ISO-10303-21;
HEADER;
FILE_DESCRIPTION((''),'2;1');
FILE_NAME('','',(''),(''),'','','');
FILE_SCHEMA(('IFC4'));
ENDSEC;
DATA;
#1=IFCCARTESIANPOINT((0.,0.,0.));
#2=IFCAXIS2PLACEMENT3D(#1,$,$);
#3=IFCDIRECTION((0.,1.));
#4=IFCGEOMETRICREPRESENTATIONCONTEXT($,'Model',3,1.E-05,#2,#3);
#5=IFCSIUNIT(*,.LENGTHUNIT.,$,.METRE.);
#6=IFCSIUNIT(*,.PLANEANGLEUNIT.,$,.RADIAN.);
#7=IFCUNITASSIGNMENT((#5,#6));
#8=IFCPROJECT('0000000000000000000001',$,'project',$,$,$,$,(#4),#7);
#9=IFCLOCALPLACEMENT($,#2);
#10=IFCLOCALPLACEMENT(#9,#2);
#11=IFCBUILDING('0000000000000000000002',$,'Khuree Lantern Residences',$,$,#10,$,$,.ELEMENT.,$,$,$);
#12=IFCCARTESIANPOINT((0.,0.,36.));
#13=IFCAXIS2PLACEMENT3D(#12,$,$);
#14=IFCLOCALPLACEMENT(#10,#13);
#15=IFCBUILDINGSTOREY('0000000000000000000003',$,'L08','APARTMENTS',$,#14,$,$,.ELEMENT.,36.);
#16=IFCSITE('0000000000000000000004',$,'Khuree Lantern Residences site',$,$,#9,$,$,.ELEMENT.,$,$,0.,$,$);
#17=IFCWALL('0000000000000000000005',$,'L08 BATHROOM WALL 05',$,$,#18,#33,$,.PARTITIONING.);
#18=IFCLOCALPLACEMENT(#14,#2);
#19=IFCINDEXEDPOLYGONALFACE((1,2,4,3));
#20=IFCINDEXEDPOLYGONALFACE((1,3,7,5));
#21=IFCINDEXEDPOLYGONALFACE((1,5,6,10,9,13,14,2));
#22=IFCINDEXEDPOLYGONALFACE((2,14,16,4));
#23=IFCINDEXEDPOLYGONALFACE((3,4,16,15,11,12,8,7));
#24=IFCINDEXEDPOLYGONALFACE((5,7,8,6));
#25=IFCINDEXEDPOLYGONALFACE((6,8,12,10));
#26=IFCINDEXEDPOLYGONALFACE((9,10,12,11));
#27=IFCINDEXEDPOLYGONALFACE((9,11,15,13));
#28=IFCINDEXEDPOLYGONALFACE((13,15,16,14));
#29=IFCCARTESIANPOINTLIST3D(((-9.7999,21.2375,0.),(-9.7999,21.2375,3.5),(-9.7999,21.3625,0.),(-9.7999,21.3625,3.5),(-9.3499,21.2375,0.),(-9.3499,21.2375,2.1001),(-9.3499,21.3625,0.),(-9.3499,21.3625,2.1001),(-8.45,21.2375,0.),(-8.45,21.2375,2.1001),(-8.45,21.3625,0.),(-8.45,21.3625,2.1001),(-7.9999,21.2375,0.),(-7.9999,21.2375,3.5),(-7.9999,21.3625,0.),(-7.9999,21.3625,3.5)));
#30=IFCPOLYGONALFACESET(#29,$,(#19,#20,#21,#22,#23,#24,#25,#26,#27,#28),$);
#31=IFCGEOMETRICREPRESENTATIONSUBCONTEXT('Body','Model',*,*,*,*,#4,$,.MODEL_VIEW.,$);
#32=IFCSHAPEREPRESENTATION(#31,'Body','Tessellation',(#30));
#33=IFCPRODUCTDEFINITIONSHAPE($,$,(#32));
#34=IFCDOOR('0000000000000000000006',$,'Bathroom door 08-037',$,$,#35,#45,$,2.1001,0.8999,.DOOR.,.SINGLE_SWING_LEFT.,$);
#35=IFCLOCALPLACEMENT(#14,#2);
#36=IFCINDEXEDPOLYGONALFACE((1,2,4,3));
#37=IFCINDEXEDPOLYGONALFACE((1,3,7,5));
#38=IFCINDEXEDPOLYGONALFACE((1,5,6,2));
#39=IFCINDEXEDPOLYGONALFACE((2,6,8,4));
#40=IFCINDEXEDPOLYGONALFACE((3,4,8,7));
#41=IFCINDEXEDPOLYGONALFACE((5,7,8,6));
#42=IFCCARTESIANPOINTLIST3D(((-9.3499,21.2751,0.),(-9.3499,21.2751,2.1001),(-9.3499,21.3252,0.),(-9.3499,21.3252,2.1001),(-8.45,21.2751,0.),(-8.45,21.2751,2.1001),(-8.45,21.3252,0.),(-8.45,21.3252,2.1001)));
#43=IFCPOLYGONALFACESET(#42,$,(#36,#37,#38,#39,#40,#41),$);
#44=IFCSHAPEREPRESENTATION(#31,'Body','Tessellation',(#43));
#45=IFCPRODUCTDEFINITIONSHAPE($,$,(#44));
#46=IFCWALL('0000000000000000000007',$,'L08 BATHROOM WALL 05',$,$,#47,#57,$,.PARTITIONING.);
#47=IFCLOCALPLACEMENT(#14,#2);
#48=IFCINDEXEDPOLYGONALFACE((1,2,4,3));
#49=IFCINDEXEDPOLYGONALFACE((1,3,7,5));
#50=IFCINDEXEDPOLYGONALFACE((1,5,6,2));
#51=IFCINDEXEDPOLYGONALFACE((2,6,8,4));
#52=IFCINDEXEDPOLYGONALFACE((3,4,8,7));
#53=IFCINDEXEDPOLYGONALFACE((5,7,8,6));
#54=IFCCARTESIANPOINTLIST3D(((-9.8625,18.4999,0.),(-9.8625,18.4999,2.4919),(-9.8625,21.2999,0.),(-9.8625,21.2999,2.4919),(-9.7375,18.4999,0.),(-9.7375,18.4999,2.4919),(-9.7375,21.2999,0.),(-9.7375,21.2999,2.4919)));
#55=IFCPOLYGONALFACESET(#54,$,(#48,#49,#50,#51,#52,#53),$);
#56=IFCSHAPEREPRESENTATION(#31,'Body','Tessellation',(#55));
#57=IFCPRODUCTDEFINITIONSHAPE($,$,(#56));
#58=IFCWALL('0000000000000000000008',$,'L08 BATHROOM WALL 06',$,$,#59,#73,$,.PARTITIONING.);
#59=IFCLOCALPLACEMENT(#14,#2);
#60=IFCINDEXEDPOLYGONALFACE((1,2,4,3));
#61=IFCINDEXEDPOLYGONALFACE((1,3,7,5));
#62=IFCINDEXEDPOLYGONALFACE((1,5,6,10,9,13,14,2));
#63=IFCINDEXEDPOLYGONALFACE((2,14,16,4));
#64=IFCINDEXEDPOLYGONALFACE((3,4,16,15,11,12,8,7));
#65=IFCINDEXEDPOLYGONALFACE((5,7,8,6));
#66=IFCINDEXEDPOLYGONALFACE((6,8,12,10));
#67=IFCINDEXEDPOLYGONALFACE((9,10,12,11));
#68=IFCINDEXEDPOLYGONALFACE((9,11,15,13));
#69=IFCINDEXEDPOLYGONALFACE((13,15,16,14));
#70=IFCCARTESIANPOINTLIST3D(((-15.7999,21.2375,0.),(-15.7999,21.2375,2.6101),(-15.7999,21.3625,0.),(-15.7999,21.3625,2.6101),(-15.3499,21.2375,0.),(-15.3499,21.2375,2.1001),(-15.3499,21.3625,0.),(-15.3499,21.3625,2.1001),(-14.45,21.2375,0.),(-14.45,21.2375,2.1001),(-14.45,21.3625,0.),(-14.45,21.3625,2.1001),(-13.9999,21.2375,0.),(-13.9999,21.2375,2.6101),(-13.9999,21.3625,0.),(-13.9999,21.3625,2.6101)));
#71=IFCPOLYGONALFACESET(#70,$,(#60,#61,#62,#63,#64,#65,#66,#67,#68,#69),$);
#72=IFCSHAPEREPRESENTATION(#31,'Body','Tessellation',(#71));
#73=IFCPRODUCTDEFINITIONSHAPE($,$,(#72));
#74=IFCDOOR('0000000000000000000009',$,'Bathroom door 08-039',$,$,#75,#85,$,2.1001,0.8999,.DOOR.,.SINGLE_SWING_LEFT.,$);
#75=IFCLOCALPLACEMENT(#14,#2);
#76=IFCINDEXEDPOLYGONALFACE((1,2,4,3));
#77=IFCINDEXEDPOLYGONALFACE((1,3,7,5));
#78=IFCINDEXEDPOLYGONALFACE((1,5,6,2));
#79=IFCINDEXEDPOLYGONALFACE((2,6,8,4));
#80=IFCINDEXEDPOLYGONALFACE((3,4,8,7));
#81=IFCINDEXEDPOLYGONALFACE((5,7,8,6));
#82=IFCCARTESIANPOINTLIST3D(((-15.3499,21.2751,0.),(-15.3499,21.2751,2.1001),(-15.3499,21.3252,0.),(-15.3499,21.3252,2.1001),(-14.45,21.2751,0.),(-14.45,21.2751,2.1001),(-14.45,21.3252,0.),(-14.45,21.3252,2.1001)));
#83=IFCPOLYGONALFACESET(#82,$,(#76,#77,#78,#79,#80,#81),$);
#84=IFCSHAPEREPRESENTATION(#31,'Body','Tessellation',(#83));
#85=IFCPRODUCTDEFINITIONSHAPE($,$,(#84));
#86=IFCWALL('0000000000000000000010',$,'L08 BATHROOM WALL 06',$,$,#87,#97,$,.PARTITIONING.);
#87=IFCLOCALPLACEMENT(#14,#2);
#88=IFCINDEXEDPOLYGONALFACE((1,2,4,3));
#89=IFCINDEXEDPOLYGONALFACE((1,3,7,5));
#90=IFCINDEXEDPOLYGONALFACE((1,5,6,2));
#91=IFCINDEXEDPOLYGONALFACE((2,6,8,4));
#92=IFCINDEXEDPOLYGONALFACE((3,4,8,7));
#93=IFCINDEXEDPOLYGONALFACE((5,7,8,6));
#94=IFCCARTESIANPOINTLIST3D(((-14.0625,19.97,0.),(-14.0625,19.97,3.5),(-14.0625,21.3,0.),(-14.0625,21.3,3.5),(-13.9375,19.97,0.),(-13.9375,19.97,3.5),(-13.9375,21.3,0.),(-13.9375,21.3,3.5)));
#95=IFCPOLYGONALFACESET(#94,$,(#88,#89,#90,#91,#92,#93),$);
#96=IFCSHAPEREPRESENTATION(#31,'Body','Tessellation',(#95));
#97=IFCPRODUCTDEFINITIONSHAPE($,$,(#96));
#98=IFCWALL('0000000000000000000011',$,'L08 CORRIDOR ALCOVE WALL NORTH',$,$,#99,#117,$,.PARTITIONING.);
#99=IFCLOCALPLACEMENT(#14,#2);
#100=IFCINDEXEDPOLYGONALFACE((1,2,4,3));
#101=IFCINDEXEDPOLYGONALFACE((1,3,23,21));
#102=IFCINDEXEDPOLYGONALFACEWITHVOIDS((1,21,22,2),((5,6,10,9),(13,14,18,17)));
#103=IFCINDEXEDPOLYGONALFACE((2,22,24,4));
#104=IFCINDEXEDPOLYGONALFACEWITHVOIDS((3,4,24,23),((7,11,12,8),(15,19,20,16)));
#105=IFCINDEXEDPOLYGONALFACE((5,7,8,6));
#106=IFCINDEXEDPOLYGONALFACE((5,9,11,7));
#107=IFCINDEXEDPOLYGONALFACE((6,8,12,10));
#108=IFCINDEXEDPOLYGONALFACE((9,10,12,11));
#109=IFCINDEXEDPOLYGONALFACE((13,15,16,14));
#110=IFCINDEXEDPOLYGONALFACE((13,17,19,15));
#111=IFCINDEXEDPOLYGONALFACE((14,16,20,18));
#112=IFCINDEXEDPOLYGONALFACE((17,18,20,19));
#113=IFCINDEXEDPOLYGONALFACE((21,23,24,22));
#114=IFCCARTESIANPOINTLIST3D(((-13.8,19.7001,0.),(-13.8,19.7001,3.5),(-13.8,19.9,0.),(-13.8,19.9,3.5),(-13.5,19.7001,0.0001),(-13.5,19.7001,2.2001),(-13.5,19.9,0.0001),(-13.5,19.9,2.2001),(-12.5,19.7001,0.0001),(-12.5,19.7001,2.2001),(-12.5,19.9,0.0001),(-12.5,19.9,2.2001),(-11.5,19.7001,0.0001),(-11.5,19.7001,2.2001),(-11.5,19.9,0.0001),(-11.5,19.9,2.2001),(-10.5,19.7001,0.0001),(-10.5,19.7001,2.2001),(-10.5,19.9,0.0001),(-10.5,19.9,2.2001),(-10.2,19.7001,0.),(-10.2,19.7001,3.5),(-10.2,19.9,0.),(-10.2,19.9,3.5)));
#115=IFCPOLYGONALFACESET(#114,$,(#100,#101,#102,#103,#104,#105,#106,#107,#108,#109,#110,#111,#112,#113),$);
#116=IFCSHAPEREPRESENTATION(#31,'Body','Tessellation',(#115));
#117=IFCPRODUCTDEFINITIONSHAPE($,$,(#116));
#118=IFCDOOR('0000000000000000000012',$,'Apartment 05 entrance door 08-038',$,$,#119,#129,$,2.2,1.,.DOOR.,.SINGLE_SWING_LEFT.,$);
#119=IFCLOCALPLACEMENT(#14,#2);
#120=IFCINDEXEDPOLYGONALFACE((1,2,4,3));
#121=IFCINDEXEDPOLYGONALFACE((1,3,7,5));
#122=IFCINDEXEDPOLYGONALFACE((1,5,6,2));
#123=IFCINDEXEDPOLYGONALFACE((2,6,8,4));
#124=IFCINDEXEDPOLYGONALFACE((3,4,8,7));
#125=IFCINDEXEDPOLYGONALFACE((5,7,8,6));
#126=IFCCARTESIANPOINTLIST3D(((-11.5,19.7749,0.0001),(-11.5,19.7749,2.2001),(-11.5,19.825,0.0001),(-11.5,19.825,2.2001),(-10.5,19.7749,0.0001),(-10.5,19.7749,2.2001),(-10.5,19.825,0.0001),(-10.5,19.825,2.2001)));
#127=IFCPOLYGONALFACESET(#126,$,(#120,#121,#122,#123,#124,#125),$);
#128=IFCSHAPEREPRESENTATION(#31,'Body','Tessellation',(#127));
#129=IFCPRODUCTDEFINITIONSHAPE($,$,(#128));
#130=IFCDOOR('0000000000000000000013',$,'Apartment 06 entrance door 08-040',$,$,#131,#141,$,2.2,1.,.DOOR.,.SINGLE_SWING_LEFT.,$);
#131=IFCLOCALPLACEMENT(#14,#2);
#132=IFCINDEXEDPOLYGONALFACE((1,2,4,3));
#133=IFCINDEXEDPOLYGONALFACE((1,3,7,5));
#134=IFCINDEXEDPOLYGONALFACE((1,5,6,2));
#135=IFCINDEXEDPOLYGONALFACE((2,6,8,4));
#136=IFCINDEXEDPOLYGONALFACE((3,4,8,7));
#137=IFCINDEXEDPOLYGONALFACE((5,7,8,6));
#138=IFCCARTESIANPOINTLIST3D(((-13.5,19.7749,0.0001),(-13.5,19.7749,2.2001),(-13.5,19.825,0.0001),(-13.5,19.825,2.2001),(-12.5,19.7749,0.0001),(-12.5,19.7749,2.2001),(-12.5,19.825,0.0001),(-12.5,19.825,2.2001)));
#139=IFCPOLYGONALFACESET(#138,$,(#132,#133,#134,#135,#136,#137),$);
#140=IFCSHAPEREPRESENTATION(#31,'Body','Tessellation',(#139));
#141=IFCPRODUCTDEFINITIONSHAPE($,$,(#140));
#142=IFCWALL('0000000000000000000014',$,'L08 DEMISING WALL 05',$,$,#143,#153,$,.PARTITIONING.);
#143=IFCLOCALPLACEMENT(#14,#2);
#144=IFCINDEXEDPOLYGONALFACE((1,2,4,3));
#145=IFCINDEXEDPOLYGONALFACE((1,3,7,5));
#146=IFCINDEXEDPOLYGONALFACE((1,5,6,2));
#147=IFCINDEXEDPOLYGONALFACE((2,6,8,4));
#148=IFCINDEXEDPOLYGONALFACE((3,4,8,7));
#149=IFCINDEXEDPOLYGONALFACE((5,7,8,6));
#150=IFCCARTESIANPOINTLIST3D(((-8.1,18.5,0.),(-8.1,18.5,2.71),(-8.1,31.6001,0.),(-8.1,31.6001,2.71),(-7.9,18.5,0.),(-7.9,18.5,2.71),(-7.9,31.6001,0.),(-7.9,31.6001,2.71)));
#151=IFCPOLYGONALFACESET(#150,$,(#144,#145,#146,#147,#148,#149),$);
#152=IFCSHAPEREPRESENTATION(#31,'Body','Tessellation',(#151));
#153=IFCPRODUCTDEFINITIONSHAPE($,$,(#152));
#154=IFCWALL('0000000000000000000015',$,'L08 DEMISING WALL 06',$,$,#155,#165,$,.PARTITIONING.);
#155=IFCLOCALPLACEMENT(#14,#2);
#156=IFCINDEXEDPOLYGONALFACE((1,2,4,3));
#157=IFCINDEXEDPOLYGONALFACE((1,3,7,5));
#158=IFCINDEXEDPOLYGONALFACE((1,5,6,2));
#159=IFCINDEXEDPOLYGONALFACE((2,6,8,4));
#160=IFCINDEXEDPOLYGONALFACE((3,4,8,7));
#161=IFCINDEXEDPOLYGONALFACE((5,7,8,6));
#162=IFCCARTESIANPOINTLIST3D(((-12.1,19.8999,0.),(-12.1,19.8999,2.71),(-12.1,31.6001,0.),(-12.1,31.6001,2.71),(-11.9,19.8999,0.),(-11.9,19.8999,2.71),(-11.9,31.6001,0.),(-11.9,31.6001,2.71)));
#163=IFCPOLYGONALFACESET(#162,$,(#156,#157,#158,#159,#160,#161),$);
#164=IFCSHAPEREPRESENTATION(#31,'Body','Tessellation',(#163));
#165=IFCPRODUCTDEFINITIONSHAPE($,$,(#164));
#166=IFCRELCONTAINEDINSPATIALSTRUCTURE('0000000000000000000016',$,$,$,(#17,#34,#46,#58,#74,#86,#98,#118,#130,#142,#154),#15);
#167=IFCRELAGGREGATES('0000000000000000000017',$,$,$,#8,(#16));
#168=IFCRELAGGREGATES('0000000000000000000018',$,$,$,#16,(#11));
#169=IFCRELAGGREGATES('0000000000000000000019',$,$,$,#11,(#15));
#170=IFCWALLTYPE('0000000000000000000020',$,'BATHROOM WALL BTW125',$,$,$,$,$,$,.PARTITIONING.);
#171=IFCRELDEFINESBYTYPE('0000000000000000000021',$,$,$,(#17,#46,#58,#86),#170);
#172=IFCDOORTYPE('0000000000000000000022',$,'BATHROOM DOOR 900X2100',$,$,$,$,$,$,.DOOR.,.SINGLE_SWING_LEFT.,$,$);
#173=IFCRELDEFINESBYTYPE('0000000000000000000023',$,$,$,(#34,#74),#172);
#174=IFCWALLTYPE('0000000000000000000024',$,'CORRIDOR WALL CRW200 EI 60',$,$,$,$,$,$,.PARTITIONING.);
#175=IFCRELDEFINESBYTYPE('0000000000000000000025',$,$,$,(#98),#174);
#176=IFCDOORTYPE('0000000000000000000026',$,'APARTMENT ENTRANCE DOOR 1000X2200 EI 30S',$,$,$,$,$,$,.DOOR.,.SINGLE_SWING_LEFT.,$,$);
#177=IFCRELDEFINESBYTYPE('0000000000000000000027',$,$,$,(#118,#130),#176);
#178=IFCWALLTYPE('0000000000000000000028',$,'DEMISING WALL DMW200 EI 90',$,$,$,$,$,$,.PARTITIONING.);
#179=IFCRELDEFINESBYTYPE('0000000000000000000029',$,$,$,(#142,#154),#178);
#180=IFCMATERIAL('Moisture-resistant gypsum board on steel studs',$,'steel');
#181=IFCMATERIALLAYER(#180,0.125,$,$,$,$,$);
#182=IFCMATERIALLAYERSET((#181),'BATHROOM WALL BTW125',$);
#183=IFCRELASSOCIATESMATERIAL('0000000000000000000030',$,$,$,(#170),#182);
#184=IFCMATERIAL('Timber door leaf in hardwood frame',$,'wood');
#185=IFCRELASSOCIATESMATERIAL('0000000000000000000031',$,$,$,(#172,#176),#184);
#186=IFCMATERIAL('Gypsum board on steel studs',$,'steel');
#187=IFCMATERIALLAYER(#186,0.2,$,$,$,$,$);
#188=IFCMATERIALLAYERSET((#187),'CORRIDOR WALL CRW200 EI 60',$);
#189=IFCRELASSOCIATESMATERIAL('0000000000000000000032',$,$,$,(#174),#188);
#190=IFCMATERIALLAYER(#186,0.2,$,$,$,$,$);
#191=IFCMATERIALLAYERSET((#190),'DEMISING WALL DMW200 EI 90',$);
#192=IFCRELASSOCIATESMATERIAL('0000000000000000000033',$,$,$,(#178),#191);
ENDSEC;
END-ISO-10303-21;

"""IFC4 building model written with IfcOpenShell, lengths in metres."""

from ifc_helpers import new_model, si_unit, direction, frame, frame_2d, origin, place, context, subcontext, project, spatial, rectangle, extrude, material, layer, layer_set, type_object, element, fill, save


model = new_model("IFC4")

# Units and contexts
model_context = context("Model", 3, precision=1e-05, world=origin(), true_north=direction((0.0, 1.0)))
body_context = subcontext(model_context, "Body", "Model", "MODEL_VIEW")
ifc_project = project(units=[si_unit("LENGTHUNIT", "METRE"), si_unit("PLANEANGLEUNIT", "RADIAN")], contexts=[model_context])

# Site, building, storey
site_placement = place(None, origin())
site = spatial("IfcSite", under=ifc_project, at=site_placement, Name="Khuree Lantern Residences site", CompositionType="ELEMENT", RefElevation=0.0)
building_placement = place(site_placement, origin())
building = spatial("IfcBuilding", under=site, at=building_placement, Name="Khuree Lantern Residences", CompositionType="ELEMENT")
storey_placement = place(building_placement, frame((0.0, 0.0, 36.0)))
storey = spatial("IfcBuildingStorey", under=building, at=storey_placement, Name="L08", Description="APARTMENTS", CompositionType="ELEMENT", Elevation=36.0)

# Wall, opening, door
ifc_material_1 = material(Name="Moisture-resistant gypsum board on steel studs", Category="steel")
ifc_layer_1 = layer(ifc_material_1, 0.125)
ifc_layer_set_1 = layer_set([ifc_layer_1], Name="BATHROOM WALL BTW125")
wall_type_1 = type_object("IfcWallType", Name="BATHROOM WALL BTW125", PredefinedType="PARTITIONING", material=ifc_layer_set_1)
wall_1_placement = place(storey_placement, frame((-8.0, 21.3, 0.0), z_axis=(0.0, 0.0, 1.0), x_axis=(-1.0, 0.0, 0.0)))
wall_1 = element("IfcWall", 1, at=wall_1_placement, inside=storey, type_object=wall_type_1, Name="L08 BATHROOM WALL 05", PredefinedType="PARTITIONING", context=body_context, shape_type="SweptSolid", body=[
    extrude(rectangle(XDim=1.8, YDim=0.125, at=frame_2d((0.8999, 0.0))), origin(), (0.0, 0.0, 1.0), 3.5),
])
opening_1_placement = place(wall_1_placement, frame((0.45, 0.0, 0.0)))
opening_1 = element("IfcOpeningElement", 2, at=opening_1_placement, cuts=wall_1, PredefinedType="OPENING", context=body_context, shape_type="SweptSolid", body=[
    extrude(rectangle(XDim=0.8999, YDim=2.1001, at=frame_2d((0.45, 1.05))), frame((0.0, 0.0725, 0.0), z_axis=(0.0, -1.0, 0.0), x_axis=(1.0, 0.0, 0.0)), (0.0, 0.0, 1.0), 0.145),
])
ifc_material_2 = material(Name="Timber door leaf in hardwood frame", Category="wood")
door_type_1 = type_object("IfcDoorType", Name="BATHROOM DOOR 900X2100", OperationType="SINGLE_SWING_LEFT", PredefinedType="DOOR", material=ifc_material_2)
door_1_placement = place(opening_1_placement, origin())
door_1 = element("IfcDoor", 3, at=door_1_placement, inside=storey, type_object=door_type_1, Name="Bathroom door 08-037", OperationType="SINGLE_SWING_LEFT", OverallHeight=2.1001, OverallWidth=0.8999, PredefinedType="DOOR", context=body_context, shape_type="SweptSolid", body=[
    extrude(rectangle(XDim=0.8999, YDim=2.1001, at=frame_2d((0.45, 1.05))), frame((0.0, 0.0249, 0.0), z_axis=(0.0, -1.0, 0.0), x_axis=(1.0, 0.0, 0.0)), (0.0, 0.0, 1.0), 0.05),
])
fill(opening_1, door_1)

# Wall
wall_2_placement = place(storey_placement, frame((-9.8, 18.5, 0.0), z_axis=(0.0, 0.0, 1.0), x_axis=(0.0, 1.0, 0.0)))
element("IfcWall", 4, at=wall_2_placement, inside=storey, type_object=wall_type_1, Name="L08 BATHROOM WALL 05", PredefinedType="PARTITIONING", context=body_context, shape_type="SweptSolid", body=[
    extrude(rectangle(XDim=2.8, YDim=0.125, at=frame_2d((1.3999, 0.0))), origin(), (0.0, 0.0, 1.0), 2.4919),
])

# Wall, opening, door
wall_3_placement = place(storey_placement, frame((-14.0, 21.3, 0.0), z_axis=(0.0, 0.0, 1.0), x_axis=(-1.0, 0.0, 0.0)))
wall_3 = element("IfcWall", 5, at=wall_3_placement, inside=storey, type_object=wall_type_1, Name="L08 BATHROOM WALL 06", PredefinedType="PARTITIONING", context=body_context, shape_type="SweptSolid", body=[
    extrude(rectangle(XDim=1.8, YDim=0.125, at=frame_2d((0.8999, 0.0))), origin(), (0.0, 0.0, 1.0), 2.6101),
])
opening_2_placement = place(wall_3_placement, frame((0.45, 0.0, 0.0)))
opening_2 = element("IfcOpeningElement", 6, at=opening_2_placement, cuts=wall_3, PredefinedType="OPENING", context=body_context, shape_type="SweptSolid", body=[
    extrude(rectangle(XDim=0.8999, YDim=2.1001, at=frame_2d((0.45, 1.05))), frame((0.0, 0.0725, 0.0), z_axis=(0.0, -1.0, 0.0), x_axis=(1.0, 0.0, 0.0)), (0.0, 0.0, 1.0), 0.145),
])
door_2_placement = place(opening_2_placement, origin())
door_2 = element("IfcDoor", 7, at=door_2_placement, inside=storey, type_object=door_type_1, Name="Bathroom door 08-039", OperationType="SINGLE_SWING_LEFT", OverallHeight=2.1001, OverallWidth=0.8999, PredefinedType="DOOR", context=body_context, shape_type="SweptSolid", body=[
    extrude(rectangle(XDim=0.8999, YDim=2.1001, at=frame_2d((0.45, 1.05))), frame((0.0, 0.0249, 0.0), z_axis=(0.0, -1.0, 0.0), x_axis=(1.0, 0.0, 0.0)), (0.0, 0.0, 1.0), 0.05),
])
fill(opening_2, door_2)

# Wall
wall_4_placement = place(storey_placement, frame((-14.0, 19.97, 0.0), z_axis=(0.0, 0.0, 1.0), x_axis=(0.0, 1.0, 0.0)))
element("IfcWall", 8, at=wall_4_placement, inside=storey, type_object=wall_type_1, Name="L08 BATHROOM WALL 06", PredefinedType="PARTITIONING", context=body_context, shape_type="SweptSolid", body=[
    extrude(rectangle(XDim=1.3301, YDim=0.125, at=frame_2d((0.665, 0.0))), origin(), (0.0, 0.0, 1.0), 3.5),
])

# Wall, openings, doors
ifc_material_3 = material(Name="Gypsum board on steel studs", Category="steel")
ifc_layer_2 = layer(ifc_material_3, 0.2)
ifc_layer_set_2 = layer_set([ifc_layer_2], Name="CORRIDOR WALL CRW200 EI 60")
wall_type_2 = type_object("IfcWallType", Name="CORRIDOR WALL CRW200 EI 60", PredefinedType="PARTITIONING", material=ifc_layer_set_2)
wall_5_placement = place(storey_placement, frame((-13.8, 19.8, 0.0), z_axis=(0.0, 0.0, 1.0), x_axis=(1.0, 0.0, 0.0)))
wall_5 = element("IfcWall", 9, at=wall_5_placement, inside=storey, type_object=wall_type_2, Name="L08 CORRIDOR ALCOVE WALL NORTH", PredefinedType="PARTITIONING", context=body_context, shape_type="SweptSolid", body=[
    extrude(rectangle(XDim=3.6001, YDim=0.2, at=frame_2d((1.8, 0.0))), origin(), (0.0, 0.0, 1.0), 3.5),
])
opening_3_placement = place(wall_5_placement, frame((2.3, 0.0, 0.0)))
opening_3 = element("IfcOpeningElement", 10, at=opening_3_placement, cuts=wall_5, PredefinedType="OPENING", context=body_context, shape_type="SweptSolid", body=[
    extrude(rectangle(XDim=1.0, YDim=2.2, at=frame_2d((0.5, 1.1001))), frame((0.0, 0.1099, 0.0), z_axis=(0.0, -1.0, 0.0), x_axis=(1.0, 0.0, 0.0)), (0.0, 0.0, 1.0), 0.22),
])
opening_4_placement = place(wall_5_placement, frame((0.3, 0.0, 0.0)))
opening_4 = element("IfcOpeningElement", 11, at=opening_4_placement, cuts=wall_5, PredefinedType="OPENING", context=body_context, shape_type="SweptSolid", body=[
    extrude(rectangle(XDim=1.0, YDim=2.2, at=frame_2d((0.5, 1.1001))), frame((0.0, 0.1099, 0.0), z_axis=(0.0, -1.0, 0.0), x_axis=(1.0, 0.0, 0.0)), (0.0, 0.0, 1.0), 0.22),
])
door_type_2 = type_object("IfcDoorType", Name="APARTMENT ENTRANCE DOOR 1000X2200 EI 30S", OperationType="SINGLE_SWING_LEFT", PredefinedType="DOOR", material=ifc_material_2)
door_3_placement = place(opening_3_placement, origin())
door_3 = element("IfcDoor", 12, at=door_3_placement, inside=storey, type_object=door_type_2, Name="Apartment 05 entrance door 08-038", OperationType="SINGLE_SWING_LEFT", OverallHeight=2.2, OverallWidth=1.0, PredefinedType="DOOR", context=body_context, shape_type="SweptSolid", body=[
    extrude(rectangle(XDim=1.0, YDim=2.2, at=frame_2d((0.5, 1.1001))), frame((0.0, 0.0249, 0.0), z_axis=(0.0, -1.0, 0.0), x_axis=(1.0, 0.0, 0.0)), (0.0, 0.0, 1.0), 0.05),
])
fill(opening_3, door_3)
door_4_placement = place(opening_4_placement, origin())
door_4 = element("IfcDoor", 13, at=door_4_placement, inside=storey, type_object=door_type_2, Name="Apartment 06 entrance door 08-040", OperationType="SINGLE_SWING_LEFT", OverallHeight=2.2, OverallWidth=1.0, PredefinedType="DOOR", context=body_context, shape_type="SweptSolid", body=[
    extrude(rectangle(XDim=1.0, YDim=2.2, at=frame_2d((0.5, 1.1001))), frame((0.0, 0.0249, 0.0), z_axis=(0.0, -1.0, 0.0), x_axis=(1.0, 0.0, 0.0)), (0.0, 0.0, 1.0), 0.05),
])
fill(opening_4, door_4)

# Walls
ifc_layer_3 = layer(ifc_material_3, 0.2)
ifc_layer_set_3 = layer_set([ifc_layer_3], Name="DEMISING WALL DMW200 EI 90")
wall_type_3 = type_object("IfcWallType", Name="DEMISING WALL DMW200 EI 90", PredefinedType="PARTITIONING", material=ifc_layer_set_3)
wall_6_placement = place(storey_placement, frame((-8.0, 18.5, 0.0), z_axis=(0.0, 0.0, 1.0), x_axis=(0.0, 1.0, 0.0)))
element("IfcWall", 14, at=wall_6_placement, inside=storey, type_object=wall_type_3, Name="L08 DEMISING WALL 05", PredefinedType="PARTITIONING", context=body_context, shape_type="SweptSolid", body=[
    extrude(rectangle(XDim=13.1001, YDim=0.2, at=frame_2d((6.55, 0.0))), origin(), (0.0, 0.0, 1.0), 2.71),
])
wall_7_placement = place(storey_placement, frame((-12.0, 19.8999, 0.0), z_axis=(0.0, 0.0, 1.0), x_axis=(0.0, 1.0, 0.0)))
element("IfcWall", 15, at=wall_7_placement, inside=storey, type_object=wall_type_3, Name="L08 DEMISING WALL 06", PredefinedType="PARTITIONING", context=body_context, shape_type="SweptSolid", body=[
    extrude(rectangle(XDim=11.7002, YDim=0.2, at=frame_2d((5.8501, 0.0))), origin(), (0.0, 0.0, 1.0), 2.71),
])

save(model, "model.ifc")
